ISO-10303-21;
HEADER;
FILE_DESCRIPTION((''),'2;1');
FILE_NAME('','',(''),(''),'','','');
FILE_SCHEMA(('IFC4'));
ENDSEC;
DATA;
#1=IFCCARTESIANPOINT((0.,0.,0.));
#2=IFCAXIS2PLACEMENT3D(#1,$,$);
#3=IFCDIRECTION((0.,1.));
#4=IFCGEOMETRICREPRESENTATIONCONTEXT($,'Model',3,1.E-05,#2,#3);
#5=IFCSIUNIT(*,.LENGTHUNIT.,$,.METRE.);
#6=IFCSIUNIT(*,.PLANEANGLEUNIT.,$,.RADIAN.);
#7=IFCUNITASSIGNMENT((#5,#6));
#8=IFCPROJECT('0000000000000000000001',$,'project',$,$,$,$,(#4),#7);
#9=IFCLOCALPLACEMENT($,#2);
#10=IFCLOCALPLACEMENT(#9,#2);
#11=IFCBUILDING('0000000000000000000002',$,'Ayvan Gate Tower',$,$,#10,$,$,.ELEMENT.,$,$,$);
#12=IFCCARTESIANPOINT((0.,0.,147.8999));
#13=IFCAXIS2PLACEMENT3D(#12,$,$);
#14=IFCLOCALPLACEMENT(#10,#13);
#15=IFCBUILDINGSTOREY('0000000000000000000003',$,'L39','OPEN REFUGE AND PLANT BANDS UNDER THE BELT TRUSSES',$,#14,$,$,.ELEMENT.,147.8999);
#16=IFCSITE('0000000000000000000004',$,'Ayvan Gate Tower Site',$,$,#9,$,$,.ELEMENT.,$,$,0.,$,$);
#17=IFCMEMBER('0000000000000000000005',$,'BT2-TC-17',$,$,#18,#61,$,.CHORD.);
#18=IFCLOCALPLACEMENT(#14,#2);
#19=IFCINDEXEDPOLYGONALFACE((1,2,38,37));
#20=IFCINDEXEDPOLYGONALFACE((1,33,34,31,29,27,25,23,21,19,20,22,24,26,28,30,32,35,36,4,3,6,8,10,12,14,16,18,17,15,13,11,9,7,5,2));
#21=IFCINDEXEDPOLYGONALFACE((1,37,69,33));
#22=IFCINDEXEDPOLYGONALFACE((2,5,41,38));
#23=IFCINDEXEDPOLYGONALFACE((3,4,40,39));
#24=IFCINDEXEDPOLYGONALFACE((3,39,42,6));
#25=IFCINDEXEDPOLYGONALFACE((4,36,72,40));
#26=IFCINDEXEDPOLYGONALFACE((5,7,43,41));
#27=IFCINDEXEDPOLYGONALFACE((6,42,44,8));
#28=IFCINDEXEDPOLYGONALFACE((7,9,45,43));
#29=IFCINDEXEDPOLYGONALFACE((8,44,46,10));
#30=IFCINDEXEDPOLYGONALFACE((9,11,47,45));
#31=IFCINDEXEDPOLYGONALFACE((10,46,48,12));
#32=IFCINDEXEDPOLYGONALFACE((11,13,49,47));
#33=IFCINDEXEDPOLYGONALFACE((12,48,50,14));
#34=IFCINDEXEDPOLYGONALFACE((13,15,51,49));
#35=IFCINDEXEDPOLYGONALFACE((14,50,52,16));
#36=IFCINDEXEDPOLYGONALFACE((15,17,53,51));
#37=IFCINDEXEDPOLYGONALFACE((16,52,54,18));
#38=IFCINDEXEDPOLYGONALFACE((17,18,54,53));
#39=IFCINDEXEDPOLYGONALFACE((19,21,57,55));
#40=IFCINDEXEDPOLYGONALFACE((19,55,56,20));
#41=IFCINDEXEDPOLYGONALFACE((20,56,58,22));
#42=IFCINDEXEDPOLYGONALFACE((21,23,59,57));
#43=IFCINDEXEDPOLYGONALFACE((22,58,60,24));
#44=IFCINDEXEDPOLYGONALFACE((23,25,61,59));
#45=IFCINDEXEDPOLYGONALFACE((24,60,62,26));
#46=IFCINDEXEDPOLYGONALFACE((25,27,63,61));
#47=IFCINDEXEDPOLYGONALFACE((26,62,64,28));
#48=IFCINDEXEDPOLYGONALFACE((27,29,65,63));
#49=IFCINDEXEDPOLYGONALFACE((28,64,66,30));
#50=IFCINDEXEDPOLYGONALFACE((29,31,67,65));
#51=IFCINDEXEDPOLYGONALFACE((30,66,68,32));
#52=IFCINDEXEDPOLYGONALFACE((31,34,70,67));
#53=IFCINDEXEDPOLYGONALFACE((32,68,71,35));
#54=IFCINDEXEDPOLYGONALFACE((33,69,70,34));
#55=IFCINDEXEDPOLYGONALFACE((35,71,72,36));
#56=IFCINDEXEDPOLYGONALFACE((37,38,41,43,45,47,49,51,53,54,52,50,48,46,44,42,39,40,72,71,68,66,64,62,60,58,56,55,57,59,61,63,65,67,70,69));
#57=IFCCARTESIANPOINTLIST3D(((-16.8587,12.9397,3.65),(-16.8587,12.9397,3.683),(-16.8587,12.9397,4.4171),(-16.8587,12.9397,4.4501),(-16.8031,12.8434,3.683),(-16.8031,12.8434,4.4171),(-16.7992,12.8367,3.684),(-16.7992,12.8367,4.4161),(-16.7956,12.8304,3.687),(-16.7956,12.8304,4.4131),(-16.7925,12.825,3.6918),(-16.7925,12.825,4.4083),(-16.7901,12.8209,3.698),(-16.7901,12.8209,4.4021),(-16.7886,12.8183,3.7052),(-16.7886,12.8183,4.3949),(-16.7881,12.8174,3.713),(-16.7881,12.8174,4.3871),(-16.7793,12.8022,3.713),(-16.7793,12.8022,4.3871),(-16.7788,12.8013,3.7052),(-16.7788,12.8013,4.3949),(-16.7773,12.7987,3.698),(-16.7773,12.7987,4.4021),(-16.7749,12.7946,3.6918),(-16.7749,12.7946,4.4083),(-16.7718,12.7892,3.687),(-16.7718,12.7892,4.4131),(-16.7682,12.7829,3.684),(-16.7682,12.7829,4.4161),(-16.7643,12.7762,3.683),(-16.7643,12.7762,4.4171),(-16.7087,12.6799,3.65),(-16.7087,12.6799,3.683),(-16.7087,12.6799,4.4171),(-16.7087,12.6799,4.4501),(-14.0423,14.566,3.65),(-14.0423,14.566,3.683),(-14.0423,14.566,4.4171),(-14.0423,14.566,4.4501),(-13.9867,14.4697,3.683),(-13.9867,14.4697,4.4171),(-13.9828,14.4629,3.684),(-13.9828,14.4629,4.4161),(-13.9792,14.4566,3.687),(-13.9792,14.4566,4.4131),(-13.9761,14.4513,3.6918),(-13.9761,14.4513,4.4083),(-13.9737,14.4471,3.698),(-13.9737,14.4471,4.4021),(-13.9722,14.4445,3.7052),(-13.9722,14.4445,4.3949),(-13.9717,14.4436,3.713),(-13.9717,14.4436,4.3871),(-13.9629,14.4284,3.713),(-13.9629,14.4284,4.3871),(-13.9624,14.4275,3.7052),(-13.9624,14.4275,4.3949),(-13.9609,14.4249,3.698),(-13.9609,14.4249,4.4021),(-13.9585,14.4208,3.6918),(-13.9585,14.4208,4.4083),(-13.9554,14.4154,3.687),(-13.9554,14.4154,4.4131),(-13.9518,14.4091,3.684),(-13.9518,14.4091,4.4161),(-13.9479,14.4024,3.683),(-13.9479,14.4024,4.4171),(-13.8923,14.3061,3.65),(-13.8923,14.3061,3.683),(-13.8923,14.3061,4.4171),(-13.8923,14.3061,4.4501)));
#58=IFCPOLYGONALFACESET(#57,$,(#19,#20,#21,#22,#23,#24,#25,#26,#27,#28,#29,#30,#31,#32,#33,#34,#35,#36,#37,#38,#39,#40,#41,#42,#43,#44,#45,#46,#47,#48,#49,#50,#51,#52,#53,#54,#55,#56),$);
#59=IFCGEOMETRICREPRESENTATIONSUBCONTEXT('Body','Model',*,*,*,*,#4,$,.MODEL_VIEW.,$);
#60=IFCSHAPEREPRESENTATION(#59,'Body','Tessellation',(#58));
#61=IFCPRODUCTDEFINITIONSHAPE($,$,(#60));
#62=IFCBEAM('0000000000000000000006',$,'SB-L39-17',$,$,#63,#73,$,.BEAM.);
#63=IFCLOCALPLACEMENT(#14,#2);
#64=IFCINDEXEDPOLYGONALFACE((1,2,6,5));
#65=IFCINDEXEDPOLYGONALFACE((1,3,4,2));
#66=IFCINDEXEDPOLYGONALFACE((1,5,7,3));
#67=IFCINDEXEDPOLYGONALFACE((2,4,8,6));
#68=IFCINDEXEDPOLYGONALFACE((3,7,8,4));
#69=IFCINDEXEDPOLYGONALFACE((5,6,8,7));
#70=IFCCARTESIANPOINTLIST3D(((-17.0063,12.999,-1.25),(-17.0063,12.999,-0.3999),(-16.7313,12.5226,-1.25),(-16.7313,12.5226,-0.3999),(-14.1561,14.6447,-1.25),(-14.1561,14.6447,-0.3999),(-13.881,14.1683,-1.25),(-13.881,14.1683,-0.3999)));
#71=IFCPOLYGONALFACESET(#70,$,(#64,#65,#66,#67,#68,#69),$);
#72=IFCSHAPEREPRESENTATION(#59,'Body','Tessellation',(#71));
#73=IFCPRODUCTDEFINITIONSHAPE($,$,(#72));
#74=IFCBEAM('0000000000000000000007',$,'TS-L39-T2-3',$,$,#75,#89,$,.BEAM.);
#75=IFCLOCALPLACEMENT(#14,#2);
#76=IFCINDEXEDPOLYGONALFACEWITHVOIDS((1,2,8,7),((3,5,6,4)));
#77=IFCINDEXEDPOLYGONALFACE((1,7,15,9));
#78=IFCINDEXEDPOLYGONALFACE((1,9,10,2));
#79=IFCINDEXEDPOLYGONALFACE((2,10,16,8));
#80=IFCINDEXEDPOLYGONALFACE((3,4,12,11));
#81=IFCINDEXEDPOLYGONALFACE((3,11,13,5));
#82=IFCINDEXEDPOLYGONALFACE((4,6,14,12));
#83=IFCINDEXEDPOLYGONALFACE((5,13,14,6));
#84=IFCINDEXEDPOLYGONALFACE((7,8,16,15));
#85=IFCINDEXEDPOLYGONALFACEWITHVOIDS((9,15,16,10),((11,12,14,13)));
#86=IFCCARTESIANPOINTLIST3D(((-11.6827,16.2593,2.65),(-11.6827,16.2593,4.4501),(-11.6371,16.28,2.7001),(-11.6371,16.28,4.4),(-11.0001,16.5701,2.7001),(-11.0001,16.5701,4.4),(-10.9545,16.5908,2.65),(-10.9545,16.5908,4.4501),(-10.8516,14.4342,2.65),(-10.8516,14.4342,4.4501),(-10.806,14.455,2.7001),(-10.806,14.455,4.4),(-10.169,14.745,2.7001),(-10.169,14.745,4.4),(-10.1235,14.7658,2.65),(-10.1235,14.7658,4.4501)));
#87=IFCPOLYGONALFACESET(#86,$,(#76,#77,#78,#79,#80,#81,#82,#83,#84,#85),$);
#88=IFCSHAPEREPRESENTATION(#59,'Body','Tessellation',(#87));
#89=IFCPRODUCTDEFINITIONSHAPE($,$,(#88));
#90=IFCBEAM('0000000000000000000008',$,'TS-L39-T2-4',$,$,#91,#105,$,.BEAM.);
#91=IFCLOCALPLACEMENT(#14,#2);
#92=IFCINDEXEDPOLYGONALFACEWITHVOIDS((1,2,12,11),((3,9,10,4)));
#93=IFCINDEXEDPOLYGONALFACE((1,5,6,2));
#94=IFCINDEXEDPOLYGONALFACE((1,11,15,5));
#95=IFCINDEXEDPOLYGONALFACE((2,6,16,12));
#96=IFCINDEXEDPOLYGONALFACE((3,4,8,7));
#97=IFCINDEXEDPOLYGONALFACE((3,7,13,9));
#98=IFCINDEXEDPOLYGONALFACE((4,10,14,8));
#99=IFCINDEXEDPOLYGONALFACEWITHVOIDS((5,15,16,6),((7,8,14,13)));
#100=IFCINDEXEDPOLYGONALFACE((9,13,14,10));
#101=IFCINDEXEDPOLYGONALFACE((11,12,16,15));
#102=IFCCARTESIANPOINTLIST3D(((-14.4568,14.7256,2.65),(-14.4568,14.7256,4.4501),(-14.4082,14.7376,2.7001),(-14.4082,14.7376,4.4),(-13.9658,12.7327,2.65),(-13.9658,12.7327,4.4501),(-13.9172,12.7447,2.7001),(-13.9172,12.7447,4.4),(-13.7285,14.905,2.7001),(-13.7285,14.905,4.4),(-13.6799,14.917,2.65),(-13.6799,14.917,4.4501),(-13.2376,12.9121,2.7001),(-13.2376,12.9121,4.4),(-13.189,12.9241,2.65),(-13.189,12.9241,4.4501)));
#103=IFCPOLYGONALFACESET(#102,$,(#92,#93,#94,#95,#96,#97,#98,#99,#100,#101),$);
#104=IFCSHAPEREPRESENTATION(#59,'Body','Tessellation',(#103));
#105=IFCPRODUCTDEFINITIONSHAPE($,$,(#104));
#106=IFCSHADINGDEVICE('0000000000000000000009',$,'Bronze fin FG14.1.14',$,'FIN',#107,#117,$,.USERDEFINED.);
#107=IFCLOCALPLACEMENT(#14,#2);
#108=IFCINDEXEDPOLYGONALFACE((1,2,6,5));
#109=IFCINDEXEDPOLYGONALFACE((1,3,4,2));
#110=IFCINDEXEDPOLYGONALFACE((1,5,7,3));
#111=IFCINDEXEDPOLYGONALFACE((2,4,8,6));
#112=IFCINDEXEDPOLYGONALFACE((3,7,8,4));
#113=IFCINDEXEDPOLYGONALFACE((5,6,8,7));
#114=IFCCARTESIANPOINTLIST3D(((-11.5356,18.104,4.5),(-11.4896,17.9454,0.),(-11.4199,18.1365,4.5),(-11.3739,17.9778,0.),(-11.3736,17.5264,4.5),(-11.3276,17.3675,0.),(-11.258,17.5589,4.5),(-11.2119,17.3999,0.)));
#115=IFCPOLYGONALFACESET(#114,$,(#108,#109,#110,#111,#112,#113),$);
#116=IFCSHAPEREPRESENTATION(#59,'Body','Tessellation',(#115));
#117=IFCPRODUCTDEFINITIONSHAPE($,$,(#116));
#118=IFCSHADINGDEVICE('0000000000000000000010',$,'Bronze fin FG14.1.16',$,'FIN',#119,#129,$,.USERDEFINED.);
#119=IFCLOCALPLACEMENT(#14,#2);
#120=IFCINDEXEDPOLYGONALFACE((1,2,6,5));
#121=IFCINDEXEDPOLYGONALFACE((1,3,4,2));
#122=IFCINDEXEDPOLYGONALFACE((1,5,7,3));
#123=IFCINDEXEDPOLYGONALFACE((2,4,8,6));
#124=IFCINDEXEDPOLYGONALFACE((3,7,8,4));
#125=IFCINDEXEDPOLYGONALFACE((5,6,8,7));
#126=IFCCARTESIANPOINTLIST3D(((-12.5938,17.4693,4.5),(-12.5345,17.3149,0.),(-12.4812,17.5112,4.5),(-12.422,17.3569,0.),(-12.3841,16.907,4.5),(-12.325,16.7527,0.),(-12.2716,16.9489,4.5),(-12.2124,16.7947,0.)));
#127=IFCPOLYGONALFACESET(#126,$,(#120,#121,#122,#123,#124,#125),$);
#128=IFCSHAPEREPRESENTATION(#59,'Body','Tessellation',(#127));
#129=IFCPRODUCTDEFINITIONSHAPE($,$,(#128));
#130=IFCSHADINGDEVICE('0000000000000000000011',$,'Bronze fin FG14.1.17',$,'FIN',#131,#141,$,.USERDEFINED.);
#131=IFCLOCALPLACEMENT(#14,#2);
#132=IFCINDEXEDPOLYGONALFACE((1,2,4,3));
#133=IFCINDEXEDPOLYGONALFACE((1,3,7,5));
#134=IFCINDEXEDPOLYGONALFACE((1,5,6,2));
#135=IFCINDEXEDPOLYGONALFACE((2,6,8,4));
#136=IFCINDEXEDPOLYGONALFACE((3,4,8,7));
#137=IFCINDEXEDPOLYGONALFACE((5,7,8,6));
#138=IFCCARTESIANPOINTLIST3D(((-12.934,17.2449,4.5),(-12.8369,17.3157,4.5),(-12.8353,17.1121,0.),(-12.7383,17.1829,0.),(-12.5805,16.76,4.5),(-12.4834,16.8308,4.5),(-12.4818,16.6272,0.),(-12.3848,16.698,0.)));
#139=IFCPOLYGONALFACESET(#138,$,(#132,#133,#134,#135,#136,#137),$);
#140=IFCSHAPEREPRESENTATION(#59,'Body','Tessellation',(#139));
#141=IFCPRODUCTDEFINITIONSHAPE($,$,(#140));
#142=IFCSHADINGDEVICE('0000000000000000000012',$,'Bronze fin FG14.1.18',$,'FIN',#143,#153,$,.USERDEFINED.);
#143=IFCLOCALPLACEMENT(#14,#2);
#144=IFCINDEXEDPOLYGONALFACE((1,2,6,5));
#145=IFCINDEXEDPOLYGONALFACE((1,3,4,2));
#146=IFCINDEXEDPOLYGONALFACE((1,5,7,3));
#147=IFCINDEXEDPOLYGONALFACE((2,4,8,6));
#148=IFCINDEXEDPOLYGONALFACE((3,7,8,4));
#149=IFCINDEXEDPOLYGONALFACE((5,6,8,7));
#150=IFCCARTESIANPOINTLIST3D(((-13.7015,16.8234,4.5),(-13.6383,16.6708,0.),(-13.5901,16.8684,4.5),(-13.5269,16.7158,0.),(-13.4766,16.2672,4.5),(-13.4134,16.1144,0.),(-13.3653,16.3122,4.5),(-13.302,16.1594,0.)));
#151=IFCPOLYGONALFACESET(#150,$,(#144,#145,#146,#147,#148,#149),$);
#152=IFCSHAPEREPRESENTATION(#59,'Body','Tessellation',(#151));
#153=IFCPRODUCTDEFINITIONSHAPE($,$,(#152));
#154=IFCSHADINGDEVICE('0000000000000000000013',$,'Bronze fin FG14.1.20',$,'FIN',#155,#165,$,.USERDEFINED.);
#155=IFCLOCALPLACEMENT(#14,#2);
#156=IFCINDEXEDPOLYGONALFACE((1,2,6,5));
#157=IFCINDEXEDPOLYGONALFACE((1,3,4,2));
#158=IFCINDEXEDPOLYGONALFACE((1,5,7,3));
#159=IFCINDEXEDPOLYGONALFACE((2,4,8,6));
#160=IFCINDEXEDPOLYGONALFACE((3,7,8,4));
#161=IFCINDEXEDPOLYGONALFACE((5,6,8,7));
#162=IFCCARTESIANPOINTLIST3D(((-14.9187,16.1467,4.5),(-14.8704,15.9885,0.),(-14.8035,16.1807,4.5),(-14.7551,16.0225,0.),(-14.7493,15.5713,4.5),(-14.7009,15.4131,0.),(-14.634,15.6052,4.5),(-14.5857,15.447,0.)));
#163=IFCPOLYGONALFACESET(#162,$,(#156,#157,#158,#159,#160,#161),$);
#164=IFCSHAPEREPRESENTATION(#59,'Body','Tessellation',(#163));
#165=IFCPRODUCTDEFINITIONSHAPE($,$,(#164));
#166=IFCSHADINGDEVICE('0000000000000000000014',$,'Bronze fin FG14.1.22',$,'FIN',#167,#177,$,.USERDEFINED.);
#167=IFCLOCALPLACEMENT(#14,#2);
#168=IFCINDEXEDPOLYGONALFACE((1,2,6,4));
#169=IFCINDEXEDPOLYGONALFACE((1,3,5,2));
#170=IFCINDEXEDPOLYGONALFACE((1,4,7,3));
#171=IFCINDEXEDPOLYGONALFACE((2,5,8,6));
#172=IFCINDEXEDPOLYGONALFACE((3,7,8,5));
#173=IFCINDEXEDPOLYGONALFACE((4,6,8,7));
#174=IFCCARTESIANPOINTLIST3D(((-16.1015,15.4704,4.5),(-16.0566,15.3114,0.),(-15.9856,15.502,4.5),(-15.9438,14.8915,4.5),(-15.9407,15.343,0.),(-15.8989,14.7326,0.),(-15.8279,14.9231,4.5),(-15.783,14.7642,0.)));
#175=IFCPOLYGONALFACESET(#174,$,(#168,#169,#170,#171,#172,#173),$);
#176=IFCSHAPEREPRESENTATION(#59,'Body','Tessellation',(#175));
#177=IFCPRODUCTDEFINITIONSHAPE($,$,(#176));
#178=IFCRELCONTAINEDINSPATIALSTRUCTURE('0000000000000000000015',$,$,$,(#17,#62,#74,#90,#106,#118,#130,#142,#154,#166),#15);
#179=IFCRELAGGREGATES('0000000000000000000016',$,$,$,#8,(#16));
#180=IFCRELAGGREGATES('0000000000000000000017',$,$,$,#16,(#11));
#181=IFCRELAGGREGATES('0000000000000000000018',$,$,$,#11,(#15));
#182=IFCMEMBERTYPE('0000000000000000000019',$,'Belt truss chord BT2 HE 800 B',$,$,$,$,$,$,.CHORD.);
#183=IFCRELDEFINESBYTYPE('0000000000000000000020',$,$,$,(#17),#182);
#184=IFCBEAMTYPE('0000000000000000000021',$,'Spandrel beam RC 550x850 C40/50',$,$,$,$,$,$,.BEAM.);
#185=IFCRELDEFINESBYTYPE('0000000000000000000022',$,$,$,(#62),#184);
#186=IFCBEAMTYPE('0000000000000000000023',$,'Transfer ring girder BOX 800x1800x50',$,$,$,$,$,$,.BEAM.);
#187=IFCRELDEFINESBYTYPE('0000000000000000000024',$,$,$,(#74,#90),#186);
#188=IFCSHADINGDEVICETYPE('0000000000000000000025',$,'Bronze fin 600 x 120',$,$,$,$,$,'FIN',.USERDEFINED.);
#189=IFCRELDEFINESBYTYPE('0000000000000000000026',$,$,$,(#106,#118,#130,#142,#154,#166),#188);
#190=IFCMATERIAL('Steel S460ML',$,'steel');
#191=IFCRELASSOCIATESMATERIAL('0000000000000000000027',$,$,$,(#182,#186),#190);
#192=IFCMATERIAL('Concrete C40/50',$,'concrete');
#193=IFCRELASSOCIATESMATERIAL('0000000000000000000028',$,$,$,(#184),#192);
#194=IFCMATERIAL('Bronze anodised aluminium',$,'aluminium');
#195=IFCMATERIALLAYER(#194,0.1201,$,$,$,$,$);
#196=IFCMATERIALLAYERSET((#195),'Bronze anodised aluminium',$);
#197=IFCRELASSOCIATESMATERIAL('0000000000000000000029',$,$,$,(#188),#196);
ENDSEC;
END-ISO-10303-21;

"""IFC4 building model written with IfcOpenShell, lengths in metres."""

from ifc_helpers import new_model, si_unit, direction, frame, origin, origin_2d, place, context, subcontext, project, spatial, polyline, rectangle, hollow_rectangle, i_section, outline, extrude, material, layer, layer_set, material_profile, profile_set, type_object, element, save


model = new_model("IFC4")

# Units and contexts
model_context = context("Model", 3, precision=1e-05, world=origin(), true_north=direction((0.0, 1.0)))
body_context = subcontext(model_context, "Body", "Model", "MODEL_VIEW")
ifc_project = project(units=[si_unit("LENGTHUNIT", "METRE"), si_unit("PLANEANGLEUNIT", "RADIAN")], contexts=[model_context])

# Site, building, storey
site_placement = place(None, origin())
site = spatial("IfcSite", under=ifc_project, at=site_placement, Name="Ayvan Gate Tower Site", CompositionType="ELEMENT", RefElevation=0.0)
building_placement = place(site_placement, origin())
building = spatial("IfcBuilding", under=site, at=building_placement, Name="Ayvan Gate Tower", CompositionType="ELEMENT")
storey_placement = place(building_placement, frame((0.0, 0.0, 147.8999)))
storey = spatial("IfcBuildingStorey", under=building, at=storey_placement, Name="L39", Description="OPEN REFUGE AND PLANT BANDS UNDER THE BELT TRUSSES", CompositionType="ELEMENT", Elevation=147.8999)

# Member
ifc_material_1 = material(Name="Steel S460ML", Category="steel")
ifc_material_profile_1 = material_profile(ifc_material_1, i_section(OverallWidth=0.3, OverallDepth=0.8, WebThickness=0.0176, FlangeThickness=0.033, FilletRadius=0.03, at=origin_2d()), Name="HE 800 B")
ifc_profile_set_1 = profile_set([ifc_material_profile_1], Name="Steel S460ML")
member_type_1 = type_object("IfcMemberType", Name="Belt truss chord BT2 HE 800 B", PredefinedType="CHORD", material=ifc_profile_set_1)
member_1_placement = place(storey_placement, frame((-13.9673, 14.436, 4.05), z_axis=(-0.866003, -0.500039, 0.0), x_axis=(0.500039, -0.866003, 0.0)))
element("IfcMember", 1, at=member_1_placement, inside=storey, type_object=member_type_1, Name="BT2-TC-17", PredefinedType="CHORD", context=body_context, shape_type="SweptSolid", body=[
    extrude(i_section(OverallWidth=0.3, OverallDepth=0.8, WebThickness=0.0176, FlangeThickness=0.033, FilletRadius=0.03, at=origin_2d()), origin(), (0.0, 0.0, 1.0), 3.2522),
])

# Beams
ifc_material_2 = material(Name="Concrete C40/50", Category="concrete")
ifc_material_profile_2 = material_profile(ifc_material_2, rectangle(XDim=0.55, YDim=0.8501, at=origin_2d()), Name="RC 550x850")
ifc_profile_set_2 = profile_set([ifc_material_profile_2], Name="Concrete C40/50")
beam_type_1 = type_object("IfcBeamType", Name="Spandrel beam RC 550x850 C40/50", PredefinedType="BEAM", material=ifc_profile_set_2)
beam_1_placement = place(storey_placement, frame((-14.0186, 14.4065, -0.825), z_axis=(-0.866011, -0.500024, 0.0), x_axis=(0.500024, -0.866011, 0.0)))
element("IfcBeam", 2, at=beam_1_placement, inside=storey, type_object=beam_type_1, Name="SB-L39-17", PredefinedType="BEAM", context=body_context, shape_type="SweptSolid", body=[
    extrude(rectangle(XDim=0.55, YDim=0.8501, at=origin_2d()), origin(), (0.0, 0.0, 1.0), 3.2913),
])
ifc_material_profile_3 = material_profile(ifc_material_1, hollow_rectangle(XDim=0.8, YDim=1.8, WallThickness=0.05, at=origin_2d()), Name="BOX 800x1800x50")
ifc_profile_set_3 = profile_set([ifc_material_profile_3], Name="Steel S460ML")
beam_type_2 = type_object("IfcBeamType", Name="Transfer ring girder BOX 800x1800x50", PredefinedType="BEAM", material=ifc_profile_set_3)
beam_2_placement = place(storey_placement, frame((-11.3186, 16.425, 3.55), z_axis=(0.414436, -0.910079, 0.0), x_axis=(0.910079, 0.414436, 0.0)))
element("IfcBeam", 3, at=beam_2_placement, inside=storey, type_object=beam_type_2, Name="TS-L39-T2-3", PredefinedType="BEAM", context=body_context, shape_type="SweptSolid", body=[
    extrude(hollow_rectangle(XDim=0.8, YDim=1.8, WallThickness=0.05, at=origin_2d()), origin(), (0.0, 0.0, 1.0), 2.0054),
])
beam_3_placement = place(storey_placement, frame((-14.0684, 14.8213, 3.55), z_axis=(0.239204, -0.970969, 0.0), x_axis=(0.970969, 0.239204, 0.0)))
element("IfcBeam", 4, at=beam_3_placement, inside=storey, type_object=beam_type_2, Name="TS-L39-T2-4", PredefinedType="BEAM", context=body_context, shape_type="SweptSolid", body=[
    extrude(hollow_rectangle(XDim=0.8, YDim=1.8, WallThickness=0.05, at=origin_2d()), origin(), (0.0, 0.0, 1.0), 2.0525),
])

# Shading devices
ifc_material_3 = material(Name="Bronze anodised aluminium", Category="aluminium")
ifc_layer_1 = layer(ifc_material_3, 0.1201)
ifc_layer_set_1 = layer_set([ifc_layer_1], Name="Bronze anodised aluminium")
shading_device_type = type_object("IfcShadingDeviceType", Name="Bronze fin 600 x 120", ElementType="FIN", PredefinedType="USERDEFINED", material=ifc_layer_set_1)
shading_device_1_placement = place(storey_placement, frame((-11.2119, 17.3999, 0.0), z_axis=(0.962871, 0.269962, 0.00032), x_axis=(-0.269962, 0.962871, 0.0)))
element("IfcShadingDevice", 5, at=shading_device_1_placement, inside=storey, type_object=shading_device_type, Name="Bronze fin FG14.1.14", ObjectType="FIN", PredefinedType="USERDEFINED", context=body_context, shape_type="SweptSolid", body=[
    extrude(outline(polyline([(0.0, 0.0), (0.6002, 0.0), (0.7654, 4.5), (0.1655, 4.5), (0.0, 0.0)])), origin(), (0.0, 0.0, -1.0), 0.1201),
])
shading_device_2_placement = place(storey_placement, frame((-12.2124, 16.7947, 0.0), z_axis=(0.937013, 0.349295, 0.000351), x_axis=(-0.349295, 0.937013, 0.0)))
element("IfcShadingDevice", 6, at=shading_device_2_placement, inside=storey, type_object=shading_device_type, Name="Bronze fin FG14.1.16", ObjectType="FIN", PredefinedType="USERDEFINED", context=body_context, shape_type="SweptSolid", body=[
    extrude(outline(polyline([(0.0, 0.0), (0.6, 0.0), (0.7653, 4.5), (0.1652, 4.5), (0.0, 0.0)])), origin(), (0.0, 0.0, -1.0), 0.1201),
])
shading_device_3_placement = place(storey_placement, frame((-12.3848, 16.698, 0.0), z_axis=(0.808032, 0.589139, 0.000323), x_axis=(-0.589139, 0.808032, 0.0)))
element("IfcShadingDevice", 7, at=shading_device_3_placement, inside=storey, type_object=shading_device_type, Name="Bronze fin FG14.1.17", ObjectType="FIN", PredefinedType="USERDEFINED", context=body_context, shape_type="SweptSolid", body=[
    extrude(outline(polyline([(0.0, 0.0), (0.6001, 0.0), (0.7655, 4.5), (0.1654, 4.5), (0.0, 0.0)])), origin(), (0.0, 0.0, -1.0), 0.1201),
])
shading_device_4_placement = place(storey_placement, frame((-13.302, 16.1594, 0.0), z_axis=(0.927124, 0.374756, 0.00031), x_axis=(-0.374756, 0.927124, 0.0)))
element("IfcShadingDevice", 8, at=shading_device_4_placement, inside=storey, type_object=shading_device_type, Name="Bronze fin FG14.1.18", ObjectType="FIN", PredefinedType="USERDEFINED", context=body_context, shape_type="SweptSolid", body=[
    extrude(outline(polyline([(0.0, 0.0), (0.6001, 0.0), (0.7653, 4.5), (0.1654, 4.5), (0.0, 0.0)])), origin(), (0.0, 0.0, -1.0), 0.1201),
])
shading_device_5_placement = place(storey_placement, frame((-14.5857, 15.447, 0.0), z_axis=(0.959281, 0.282453, 0.000375), x_axis=(-0.282453, 0.959281, 0.0)))
element("IfcShadingDevice", 9, at=shading_device_5_placement, inside=storey, type_object=shading_device_type, Name="Bronze fin FG14.1.20", ObjectType="FIN", PredefinedType="USERDEFINED", context=body_context, shape_type="SweptSolid", body=[
    extrude(outline(polyline([(0.0, 0.0), (0.5999, 0.0), (0.7653, 4.5), (0.1654, 4.5), (0.0, 0.0)])), origin(), (0.0, 0.0, -1.0), 0.1201),
])
shading_device_6_placement = place(storey_placement, frame((-15.783, 14.7642, 0.0), z_axis=(0.964829, 0.262876, 0.000347), x_axis=(-0.262876, 0.96483, 0.0)))
element("IfcShadingDevice", 10, at=shading_device_6_placement, inside=storey, type_object=shading_device_type, Name="Bronze fin FG14.1.22", ObjectType="FIN", PredefinedType="USERDEFINED", context=body_context, shape_type="SweptSolid", body=[
    extrude(outline(polyline([(0.0, 0.0), (0.6, 0.0), (0.7651, 4.5), (0.1652, 4.5), (0.0, 0.0)])), origin(), (0.0, 0.0, -1.0), 0.1201),
])

save(model, "model.ifc")
